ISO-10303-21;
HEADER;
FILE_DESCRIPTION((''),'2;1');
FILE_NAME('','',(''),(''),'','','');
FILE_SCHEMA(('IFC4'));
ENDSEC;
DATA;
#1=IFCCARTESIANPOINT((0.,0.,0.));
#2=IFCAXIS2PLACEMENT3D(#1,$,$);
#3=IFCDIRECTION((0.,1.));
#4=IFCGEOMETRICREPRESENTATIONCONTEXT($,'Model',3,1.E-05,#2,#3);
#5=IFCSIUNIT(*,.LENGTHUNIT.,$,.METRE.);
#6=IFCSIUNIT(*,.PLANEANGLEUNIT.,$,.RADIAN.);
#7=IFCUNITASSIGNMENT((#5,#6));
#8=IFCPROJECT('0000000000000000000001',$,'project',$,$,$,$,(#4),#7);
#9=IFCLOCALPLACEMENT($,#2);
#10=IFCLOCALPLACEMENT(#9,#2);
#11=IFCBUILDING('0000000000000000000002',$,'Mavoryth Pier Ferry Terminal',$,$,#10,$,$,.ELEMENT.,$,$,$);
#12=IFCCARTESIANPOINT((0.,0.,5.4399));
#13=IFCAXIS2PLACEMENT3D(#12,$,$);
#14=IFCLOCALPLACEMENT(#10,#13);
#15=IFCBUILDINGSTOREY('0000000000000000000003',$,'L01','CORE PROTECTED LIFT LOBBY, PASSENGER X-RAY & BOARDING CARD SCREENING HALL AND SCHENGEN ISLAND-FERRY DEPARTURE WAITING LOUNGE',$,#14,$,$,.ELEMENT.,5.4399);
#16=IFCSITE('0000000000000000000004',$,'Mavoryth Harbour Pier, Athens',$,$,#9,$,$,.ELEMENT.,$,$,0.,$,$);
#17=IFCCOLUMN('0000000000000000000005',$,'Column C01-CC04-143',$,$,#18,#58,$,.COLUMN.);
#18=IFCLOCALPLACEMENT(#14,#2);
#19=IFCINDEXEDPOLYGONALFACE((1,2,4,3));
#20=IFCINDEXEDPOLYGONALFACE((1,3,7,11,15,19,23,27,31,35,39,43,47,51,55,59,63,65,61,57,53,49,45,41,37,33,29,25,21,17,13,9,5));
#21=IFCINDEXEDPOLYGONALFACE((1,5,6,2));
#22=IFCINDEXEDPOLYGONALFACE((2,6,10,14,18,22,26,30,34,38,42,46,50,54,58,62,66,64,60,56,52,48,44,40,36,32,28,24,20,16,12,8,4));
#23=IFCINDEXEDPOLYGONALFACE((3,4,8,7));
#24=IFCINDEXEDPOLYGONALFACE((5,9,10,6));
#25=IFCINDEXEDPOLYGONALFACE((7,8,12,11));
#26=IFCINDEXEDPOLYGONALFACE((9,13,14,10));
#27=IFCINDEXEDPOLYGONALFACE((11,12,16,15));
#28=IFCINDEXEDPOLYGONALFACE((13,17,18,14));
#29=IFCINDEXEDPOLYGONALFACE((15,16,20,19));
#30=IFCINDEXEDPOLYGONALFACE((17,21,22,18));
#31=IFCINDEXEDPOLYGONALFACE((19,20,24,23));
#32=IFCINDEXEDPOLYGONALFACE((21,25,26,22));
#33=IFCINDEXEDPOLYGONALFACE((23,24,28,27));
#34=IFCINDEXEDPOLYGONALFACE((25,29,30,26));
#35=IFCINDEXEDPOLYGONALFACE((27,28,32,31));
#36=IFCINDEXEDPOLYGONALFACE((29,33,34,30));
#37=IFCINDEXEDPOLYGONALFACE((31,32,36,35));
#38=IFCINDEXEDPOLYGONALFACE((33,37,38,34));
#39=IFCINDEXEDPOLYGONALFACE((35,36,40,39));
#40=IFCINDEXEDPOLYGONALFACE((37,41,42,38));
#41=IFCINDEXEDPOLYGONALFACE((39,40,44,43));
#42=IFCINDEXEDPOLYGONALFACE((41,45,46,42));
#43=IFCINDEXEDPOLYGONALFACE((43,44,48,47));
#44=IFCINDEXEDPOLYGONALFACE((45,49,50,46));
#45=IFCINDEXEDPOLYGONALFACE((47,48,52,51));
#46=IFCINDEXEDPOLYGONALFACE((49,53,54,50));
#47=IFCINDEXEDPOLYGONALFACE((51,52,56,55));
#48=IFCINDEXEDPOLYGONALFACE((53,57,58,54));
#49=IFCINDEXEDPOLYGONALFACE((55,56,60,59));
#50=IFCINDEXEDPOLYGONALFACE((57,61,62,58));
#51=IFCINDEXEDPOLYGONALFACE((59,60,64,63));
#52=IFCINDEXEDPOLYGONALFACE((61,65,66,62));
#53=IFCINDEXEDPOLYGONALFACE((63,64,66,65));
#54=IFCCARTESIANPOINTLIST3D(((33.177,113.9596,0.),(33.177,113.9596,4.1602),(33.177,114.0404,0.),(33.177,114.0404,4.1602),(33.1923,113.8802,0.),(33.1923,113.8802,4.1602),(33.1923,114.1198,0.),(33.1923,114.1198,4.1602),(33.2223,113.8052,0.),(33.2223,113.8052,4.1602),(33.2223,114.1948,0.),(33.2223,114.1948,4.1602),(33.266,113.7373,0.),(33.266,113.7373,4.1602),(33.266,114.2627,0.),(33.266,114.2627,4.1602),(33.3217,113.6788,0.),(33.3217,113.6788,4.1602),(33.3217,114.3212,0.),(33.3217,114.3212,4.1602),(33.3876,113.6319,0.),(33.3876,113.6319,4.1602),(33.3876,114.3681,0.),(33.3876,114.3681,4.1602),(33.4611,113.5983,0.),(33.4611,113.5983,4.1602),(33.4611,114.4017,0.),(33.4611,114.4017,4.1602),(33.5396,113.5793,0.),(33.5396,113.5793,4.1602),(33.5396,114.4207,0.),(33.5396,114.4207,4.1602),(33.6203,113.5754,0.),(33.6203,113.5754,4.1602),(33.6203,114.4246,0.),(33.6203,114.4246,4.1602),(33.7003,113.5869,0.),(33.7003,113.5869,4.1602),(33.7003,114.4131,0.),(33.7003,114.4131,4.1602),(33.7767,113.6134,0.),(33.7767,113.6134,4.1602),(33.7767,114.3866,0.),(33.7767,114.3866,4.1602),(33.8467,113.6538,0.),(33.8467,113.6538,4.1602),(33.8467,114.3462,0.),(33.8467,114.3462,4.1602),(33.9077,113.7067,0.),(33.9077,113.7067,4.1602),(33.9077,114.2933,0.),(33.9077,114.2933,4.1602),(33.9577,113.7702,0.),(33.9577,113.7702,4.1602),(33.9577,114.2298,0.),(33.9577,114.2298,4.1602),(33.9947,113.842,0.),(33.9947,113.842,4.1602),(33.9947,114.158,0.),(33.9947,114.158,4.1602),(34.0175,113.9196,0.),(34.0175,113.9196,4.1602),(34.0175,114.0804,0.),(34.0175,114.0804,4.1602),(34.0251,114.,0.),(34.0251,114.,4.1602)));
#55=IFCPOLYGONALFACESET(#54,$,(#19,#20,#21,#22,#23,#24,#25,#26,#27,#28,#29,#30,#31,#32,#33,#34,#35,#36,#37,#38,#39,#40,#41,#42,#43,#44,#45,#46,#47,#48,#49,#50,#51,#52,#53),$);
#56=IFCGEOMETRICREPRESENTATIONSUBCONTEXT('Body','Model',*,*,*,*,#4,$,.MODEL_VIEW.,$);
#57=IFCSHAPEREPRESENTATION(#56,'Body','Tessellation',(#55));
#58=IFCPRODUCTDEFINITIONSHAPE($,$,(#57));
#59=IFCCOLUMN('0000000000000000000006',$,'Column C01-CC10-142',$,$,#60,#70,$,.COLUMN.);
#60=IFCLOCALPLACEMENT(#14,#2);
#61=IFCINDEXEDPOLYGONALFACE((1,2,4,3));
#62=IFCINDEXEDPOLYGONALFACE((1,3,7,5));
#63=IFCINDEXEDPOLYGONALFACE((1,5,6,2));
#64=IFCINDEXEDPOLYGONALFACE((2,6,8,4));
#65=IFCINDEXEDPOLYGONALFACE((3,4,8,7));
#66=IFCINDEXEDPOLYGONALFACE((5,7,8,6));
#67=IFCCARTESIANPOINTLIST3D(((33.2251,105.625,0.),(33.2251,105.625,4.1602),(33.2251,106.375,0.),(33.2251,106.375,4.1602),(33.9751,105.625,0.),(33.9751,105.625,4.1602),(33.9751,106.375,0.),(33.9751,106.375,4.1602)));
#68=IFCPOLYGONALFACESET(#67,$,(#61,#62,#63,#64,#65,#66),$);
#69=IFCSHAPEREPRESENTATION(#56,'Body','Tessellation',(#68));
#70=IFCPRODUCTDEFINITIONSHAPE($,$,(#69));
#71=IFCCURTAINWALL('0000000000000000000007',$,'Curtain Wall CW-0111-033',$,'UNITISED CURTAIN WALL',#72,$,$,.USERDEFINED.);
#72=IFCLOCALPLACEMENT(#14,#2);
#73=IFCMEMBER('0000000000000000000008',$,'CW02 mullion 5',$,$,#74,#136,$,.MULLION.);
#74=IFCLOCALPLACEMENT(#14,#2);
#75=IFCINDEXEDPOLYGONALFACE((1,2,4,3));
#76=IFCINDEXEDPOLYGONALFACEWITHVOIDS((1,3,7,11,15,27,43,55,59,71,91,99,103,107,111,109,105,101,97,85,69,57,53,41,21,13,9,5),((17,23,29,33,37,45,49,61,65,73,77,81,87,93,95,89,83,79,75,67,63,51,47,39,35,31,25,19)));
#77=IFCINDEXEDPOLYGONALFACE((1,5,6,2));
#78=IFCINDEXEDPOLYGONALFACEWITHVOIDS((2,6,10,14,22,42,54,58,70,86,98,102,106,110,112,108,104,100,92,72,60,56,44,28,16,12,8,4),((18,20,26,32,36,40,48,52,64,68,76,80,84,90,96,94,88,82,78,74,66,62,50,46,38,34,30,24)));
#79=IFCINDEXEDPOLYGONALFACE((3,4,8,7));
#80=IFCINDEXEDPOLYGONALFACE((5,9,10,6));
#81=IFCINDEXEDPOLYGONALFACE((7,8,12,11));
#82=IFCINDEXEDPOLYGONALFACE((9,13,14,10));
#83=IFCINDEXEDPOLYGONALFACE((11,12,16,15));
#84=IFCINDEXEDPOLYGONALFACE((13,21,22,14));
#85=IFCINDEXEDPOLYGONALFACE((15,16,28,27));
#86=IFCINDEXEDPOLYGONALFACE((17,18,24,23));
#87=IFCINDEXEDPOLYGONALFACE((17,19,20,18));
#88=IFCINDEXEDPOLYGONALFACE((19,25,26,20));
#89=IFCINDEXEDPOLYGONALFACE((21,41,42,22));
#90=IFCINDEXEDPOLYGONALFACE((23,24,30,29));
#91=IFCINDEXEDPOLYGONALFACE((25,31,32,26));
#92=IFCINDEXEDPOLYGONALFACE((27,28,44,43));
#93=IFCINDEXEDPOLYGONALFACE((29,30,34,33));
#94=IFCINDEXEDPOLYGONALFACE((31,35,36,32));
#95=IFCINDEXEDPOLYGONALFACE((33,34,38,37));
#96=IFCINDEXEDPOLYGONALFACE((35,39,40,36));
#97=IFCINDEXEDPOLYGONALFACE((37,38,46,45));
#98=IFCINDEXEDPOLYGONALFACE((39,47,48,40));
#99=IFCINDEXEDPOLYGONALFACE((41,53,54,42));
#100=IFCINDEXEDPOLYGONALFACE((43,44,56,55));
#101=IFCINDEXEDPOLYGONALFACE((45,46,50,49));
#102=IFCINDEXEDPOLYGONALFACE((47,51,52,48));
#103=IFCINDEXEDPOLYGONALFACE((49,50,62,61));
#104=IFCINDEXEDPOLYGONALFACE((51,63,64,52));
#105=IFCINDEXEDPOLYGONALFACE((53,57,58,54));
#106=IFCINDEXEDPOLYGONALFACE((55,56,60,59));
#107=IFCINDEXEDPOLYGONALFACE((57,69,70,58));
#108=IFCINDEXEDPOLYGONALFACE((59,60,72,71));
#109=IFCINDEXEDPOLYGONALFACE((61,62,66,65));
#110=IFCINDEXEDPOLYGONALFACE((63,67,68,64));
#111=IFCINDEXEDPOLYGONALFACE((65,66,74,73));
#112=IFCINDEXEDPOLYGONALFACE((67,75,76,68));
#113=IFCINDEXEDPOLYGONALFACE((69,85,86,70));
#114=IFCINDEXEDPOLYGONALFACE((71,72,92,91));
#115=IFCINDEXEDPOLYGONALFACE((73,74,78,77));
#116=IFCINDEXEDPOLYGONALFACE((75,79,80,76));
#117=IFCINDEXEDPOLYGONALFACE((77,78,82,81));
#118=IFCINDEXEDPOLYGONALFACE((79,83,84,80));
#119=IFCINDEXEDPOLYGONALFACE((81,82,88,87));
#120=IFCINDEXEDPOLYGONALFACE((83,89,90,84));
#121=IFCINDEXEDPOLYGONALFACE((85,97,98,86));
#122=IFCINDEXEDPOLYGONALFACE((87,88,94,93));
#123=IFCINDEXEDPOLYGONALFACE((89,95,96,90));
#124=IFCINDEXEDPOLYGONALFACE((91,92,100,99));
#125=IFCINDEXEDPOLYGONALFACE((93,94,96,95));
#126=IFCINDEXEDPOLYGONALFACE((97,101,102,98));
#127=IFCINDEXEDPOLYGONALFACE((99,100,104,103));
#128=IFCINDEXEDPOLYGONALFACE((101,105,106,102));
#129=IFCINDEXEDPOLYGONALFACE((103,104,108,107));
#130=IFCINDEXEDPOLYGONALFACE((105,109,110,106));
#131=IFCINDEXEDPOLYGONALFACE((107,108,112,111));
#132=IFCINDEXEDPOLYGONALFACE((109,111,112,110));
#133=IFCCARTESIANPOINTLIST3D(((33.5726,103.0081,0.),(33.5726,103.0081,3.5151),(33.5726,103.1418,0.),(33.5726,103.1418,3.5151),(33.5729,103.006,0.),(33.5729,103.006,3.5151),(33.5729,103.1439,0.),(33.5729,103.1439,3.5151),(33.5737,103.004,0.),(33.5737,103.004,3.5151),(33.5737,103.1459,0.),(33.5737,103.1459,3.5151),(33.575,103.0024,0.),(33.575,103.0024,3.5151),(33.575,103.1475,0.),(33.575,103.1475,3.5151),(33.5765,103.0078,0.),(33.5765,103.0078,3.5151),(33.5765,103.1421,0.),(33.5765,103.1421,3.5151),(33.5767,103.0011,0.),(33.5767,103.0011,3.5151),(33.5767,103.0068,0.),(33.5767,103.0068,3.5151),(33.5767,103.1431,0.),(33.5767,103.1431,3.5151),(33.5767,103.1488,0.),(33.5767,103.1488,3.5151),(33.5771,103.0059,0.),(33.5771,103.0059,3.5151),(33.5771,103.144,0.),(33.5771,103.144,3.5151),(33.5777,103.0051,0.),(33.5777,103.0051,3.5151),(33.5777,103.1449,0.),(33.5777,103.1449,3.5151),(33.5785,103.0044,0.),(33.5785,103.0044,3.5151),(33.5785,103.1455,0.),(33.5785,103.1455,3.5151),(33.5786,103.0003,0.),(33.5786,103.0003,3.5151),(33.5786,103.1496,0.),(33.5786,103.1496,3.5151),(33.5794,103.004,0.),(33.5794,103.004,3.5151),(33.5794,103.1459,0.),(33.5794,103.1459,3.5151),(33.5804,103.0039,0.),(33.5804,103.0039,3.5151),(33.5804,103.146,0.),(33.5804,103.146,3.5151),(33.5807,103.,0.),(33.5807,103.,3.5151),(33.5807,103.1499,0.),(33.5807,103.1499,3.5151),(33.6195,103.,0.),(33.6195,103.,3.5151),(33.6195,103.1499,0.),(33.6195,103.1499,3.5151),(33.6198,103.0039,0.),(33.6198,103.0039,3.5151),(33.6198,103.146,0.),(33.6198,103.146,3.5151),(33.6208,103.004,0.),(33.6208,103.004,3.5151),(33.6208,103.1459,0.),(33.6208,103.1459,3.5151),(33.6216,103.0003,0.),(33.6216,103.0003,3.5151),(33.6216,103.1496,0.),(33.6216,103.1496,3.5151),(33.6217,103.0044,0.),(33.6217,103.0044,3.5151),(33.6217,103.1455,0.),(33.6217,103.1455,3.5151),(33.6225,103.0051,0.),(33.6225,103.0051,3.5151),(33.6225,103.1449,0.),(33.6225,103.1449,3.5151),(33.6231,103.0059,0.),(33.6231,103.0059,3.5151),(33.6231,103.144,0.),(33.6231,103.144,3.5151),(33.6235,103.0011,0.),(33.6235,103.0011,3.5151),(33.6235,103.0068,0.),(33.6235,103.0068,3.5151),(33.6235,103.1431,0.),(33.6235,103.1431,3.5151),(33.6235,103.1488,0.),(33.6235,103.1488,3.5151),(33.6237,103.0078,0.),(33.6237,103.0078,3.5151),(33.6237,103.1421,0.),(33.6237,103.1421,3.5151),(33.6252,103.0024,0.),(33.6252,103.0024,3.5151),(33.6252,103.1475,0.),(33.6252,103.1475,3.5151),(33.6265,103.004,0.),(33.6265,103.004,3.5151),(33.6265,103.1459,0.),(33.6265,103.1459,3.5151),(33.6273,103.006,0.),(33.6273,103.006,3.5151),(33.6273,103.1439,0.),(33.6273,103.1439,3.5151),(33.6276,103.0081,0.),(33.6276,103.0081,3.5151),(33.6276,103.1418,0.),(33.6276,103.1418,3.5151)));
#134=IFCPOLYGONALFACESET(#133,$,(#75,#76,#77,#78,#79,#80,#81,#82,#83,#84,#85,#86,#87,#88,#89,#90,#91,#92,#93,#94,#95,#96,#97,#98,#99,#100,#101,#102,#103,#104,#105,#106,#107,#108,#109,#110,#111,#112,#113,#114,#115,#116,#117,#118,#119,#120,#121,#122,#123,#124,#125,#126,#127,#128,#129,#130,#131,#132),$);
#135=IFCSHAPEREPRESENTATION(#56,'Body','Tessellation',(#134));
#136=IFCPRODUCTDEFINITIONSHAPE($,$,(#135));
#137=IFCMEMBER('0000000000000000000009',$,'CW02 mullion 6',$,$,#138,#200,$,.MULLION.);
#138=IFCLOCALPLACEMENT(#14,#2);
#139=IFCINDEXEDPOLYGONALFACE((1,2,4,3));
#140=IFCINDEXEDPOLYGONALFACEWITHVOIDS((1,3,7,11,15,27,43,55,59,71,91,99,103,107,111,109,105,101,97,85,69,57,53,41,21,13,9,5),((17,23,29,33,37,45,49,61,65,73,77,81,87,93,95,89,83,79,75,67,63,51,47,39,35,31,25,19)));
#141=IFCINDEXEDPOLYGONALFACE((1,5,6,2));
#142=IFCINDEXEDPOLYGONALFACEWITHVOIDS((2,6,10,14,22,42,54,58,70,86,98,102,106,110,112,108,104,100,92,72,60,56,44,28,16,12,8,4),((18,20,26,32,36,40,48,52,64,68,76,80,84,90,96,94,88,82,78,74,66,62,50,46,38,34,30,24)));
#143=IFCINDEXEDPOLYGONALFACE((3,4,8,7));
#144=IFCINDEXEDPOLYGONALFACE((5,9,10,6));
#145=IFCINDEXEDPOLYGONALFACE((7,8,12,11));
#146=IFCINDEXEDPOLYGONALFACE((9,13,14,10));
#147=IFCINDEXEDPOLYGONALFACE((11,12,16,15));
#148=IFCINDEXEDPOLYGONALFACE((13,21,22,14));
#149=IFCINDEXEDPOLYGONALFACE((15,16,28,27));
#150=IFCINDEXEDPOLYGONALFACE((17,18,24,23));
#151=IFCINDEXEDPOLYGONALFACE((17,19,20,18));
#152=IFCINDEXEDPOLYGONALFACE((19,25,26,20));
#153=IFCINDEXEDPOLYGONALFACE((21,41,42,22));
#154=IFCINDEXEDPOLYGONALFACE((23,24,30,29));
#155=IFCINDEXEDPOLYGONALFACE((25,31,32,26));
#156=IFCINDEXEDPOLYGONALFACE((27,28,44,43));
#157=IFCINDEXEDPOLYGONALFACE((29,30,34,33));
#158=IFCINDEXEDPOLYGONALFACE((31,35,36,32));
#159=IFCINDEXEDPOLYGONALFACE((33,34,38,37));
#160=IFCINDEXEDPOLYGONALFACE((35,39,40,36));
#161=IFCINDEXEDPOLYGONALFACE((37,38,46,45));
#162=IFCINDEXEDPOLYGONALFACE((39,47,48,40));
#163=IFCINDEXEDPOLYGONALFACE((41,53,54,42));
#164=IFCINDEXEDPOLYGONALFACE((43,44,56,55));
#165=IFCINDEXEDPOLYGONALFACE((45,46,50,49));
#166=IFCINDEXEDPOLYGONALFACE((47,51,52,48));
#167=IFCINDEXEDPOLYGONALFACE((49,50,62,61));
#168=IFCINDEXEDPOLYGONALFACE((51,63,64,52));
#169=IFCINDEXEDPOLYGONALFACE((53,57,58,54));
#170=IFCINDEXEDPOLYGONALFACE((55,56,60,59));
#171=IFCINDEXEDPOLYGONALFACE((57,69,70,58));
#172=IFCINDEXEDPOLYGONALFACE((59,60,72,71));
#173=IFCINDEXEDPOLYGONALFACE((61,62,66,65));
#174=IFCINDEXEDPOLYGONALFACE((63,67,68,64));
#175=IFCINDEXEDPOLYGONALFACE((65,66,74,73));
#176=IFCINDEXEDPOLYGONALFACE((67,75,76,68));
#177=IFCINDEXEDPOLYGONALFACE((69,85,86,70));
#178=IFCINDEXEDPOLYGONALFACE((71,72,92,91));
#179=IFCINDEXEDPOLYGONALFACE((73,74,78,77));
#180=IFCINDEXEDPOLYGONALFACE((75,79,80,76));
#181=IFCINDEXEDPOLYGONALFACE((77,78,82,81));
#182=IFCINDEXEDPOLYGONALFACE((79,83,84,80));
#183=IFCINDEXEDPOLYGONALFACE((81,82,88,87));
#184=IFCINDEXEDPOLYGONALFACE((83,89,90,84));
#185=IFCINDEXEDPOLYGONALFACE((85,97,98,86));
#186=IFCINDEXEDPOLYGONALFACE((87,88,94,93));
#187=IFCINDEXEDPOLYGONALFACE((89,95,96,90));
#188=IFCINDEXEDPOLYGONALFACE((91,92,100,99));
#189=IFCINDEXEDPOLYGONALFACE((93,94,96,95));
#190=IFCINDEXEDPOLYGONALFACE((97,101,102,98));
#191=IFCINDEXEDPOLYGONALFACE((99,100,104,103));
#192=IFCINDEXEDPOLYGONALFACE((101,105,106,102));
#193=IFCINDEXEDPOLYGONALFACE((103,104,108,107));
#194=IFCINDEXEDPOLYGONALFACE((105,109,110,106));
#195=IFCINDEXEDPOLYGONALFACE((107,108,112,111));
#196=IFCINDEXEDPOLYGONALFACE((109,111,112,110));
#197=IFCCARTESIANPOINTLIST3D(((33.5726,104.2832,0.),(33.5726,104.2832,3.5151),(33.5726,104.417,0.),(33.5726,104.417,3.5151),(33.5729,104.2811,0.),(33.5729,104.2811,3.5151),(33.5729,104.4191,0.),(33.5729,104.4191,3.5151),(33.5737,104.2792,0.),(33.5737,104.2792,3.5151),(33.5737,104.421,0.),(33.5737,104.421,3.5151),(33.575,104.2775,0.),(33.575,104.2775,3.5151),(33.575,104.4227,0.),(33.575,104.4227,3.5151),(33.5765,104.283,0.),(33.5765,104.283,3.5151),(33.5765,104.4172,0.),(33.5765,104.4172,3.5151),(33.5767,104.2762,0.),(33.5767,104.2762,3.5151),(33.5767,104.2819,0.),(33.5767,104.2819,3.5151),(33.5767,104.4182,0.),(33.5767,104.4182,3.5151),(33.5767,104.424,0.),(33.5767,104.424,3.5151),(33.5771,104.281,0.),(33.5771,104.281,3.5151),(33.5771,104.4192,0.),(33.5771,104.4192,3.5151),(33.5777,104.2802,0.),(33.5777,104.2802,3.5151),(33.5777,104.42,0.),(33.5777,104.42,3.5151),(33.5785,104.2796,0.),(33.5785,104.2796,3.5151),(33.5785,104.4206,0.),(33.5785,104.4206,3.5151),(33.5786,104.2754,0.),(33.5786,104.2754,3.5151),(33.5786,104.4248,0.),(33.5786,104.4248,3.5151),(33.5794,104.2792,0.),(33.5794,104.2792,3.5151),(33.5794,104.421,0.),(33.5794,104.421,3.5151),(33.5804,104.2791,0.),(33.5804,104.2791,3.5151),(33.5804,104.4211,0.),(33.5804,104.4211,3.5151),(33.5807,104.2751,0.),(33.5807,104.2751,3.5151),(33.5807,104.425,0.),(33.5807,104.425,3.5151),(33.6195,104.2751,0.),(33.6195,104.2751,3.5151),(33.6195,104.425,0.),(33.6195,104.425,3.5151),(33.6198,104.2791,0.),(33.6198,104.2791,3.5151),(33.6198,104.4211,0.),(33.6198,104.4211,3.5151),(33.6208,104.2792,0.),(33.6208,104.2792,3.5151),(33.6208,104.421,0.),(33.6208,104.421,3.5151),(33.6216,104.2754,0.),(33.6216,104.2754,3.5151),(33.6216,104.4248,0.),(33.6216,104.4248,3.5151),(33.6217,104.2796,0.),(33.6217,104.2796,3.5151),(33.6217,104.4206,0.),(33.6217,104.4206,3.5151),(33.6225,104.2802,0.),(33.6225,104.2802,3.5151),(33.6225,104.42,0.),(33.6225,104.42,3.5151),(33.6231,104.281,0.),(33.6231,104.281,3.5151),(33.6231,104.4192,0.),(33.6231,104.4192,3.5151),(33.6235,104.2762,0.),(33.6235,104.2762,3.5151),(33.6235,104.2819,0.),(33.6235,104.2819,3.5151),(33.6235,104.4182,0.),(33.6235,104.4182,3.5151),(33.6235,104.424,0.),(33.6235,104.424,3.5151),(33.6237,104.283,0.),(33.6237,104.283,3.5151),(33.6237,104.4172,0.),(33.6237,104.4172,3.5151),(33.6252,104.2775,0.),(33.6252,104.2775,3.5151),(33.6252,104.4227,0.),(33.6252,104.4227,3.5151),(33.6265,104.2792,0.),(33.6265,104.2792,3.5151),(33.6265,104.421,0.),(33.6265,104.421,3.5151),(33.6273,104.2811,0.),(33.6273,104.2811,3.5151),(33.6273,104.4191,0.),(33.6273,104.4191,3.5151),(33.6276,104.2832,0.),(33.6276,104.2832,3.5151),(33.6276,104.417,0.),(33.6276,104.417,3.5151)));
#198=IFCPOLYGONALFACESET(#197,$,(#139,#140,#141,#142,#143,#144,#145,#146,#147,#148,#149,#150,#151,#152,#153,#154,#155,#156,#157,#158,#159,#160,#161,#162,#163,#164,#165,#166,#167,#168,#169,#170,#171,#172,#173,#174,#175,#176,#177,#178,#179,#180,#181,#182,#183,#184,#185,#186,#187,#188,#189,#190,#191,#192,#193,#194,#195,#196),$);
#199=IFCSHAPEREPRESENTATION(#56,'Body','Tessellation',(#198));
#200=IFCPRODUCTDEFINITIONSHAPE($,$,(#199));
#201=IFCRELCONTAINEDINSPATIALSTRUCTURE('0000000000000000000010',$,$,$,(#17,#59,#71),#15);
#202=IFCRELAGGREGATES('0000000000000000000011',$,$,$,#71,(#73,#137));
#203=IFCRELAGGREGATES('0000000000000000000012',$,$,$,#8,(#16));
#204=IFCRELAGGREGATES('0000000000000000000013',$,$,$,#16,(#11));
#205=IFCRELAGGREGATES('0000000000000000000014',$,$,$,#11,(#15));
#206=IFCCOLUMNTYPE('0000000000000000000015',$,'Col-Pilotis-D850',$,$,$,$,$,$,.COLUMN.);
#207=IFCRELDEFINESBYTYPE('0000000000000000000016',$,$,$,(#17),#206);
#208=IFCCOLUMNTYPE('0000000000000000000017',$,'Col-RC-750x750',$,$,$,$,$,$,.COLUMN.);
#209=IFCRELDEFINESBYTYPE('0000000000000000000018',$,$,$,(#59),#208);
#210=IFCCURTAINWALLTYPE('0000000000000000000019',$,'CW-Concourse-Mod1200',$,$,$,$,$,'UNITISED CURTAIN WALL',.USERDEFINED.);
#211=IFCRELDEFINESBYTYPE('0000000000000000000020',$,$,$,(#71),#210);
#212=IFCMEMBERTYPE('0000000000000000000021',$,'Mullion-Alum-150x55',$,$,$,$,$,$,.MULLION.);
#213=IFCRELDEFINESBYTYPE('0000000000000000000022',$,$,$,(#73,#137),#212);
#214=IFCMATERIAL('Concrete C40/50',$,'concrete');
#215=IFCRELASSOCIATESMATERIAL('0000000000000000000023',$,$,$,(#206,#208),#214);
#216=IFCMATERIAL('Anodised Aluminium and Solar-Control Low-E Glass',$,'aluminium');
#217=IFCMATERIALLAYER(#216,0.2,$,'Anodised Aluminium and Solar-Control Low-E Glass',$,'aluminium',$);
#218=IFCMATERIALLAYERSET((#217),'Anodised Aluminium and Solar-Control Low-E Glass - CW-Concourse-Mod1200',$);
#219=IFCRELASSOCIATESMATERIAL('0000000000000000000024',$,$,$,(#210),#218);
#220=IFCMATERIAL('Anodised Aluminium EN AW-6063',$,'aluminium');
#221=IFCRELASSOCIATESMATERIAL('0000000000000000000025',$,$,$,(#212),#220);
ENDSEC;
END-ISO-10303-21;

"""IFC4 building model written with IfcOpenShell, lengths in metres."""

from ifc_helpers import new_model, si_unit, direction, frame, origin, origin_2d, place, context, subcontext, project, spatial, rectangle, hollow_rectangle, circle, extrude, material, layer, layer_set, material_profile, profile_set, type_object, element, aggregate, save


model = new_model("IFC4")

# Units and contexts
model_context = context("Model", 3, precision=1e-05, world=origin(), true_north=direction((0.0, 1.0)))
body_context = subcontext(model_context, "Body", "Model", "MODEL_VIEW")
ifc_project = project(units=[si_unit("LENGTHUNIT", "METRE"), si_unit("PLANEANGLEUNIT", "RADIAN")], contexts=[model_context])

# Site, building, storey
site_placement = place(None, origin())
site = spatial("IfcSite", under=ifc_project, at=site_placement, Name="Mavoryth Harbour Pier, Athens", CompositionType="ELEMENT", RefElevation=0.0)
building_placement = place(site_placement, origin())
building = spatial("IfcBuilding", under=site, at=building_placement, Name="Mavoryth Pier Ferry Terminal", CompositionType="ELEMENT")
storey_placement = place(building_placement, frame((0.0, 0.0, 5.4399)))
storey = spatial("IfcBuildingStorey", under=building, at=storey_placement, Name="L01", Description="CORE PROTECTED LIFT LOBBY, PASSENGER X-RAY & BOARDING CARD SCREENING HALL AND SCHENGEN ISLAND-FERRY DEPARTURE WAITING LOUNGE", CompositionType="ELEMENT", Elevation=5.4399)

# Columns
ifc_material_1 = material(Name="Concrete C40/50", Category="concrete")
ifc_material_profile_1 = material_profile(ifc_material_1, circle(Radius=0.425, at=origin_2d()), Name="RC D850", Category="concrete")
ifc_profile_set_1 = profile_set([ifc_material_profile_1], Name="Concrete C40/50 - RC D850")
column_type_1 = type_object("IfcColumnType", Name="Col-Pilotis-D850", PredefinedType="COLUMN", material=ifc_profile_set_1)
column_1_placement = place(storey_placement, frame((33.6001, 114.0, 0.0), z_axis=(0.0, 0.0, 1.0), x_axis=(1.0, 0.0, 0.0)))
element("IfcColumn", 1, at=column_1_placement, inside=storey, type_object=column_type_1, Name="Column C01-CC04-143", PredefinedType="COLUMN", context=body_context, shape_type="SweptSolid", body=[
    extrude(circle(Radius=0.425, at=origin_2d()), origin(), (0.0, 0.0, 1.0), 4.1602),
])
ifc_material_profile_2 = material_profile(ifc_material_1, rectangle(XDim=0.75, YDim=0.75, at=origin_2d()), Name="RC 750x750", Category="concrete")
ifc_profile_set_2 = profile_set([ifc_material_profile_2], Name="Concrete C40/50 - RC 750x750")
column_type_2 = type_object("IfcColumnType", Name="Col-RC-750x750", PredefinedType="COLUMN", material=ifc_profile_set_2)
column_2_placement = place(storey_placement, frame((33.6001, 106.0, 0.0), z_axis=(0.0, 0.0, 1.0), x_axis=(1.0, 0.0, 0.0)))
element("IfcColumn", 2, at=column_2_placement, inside=storey, type_object=column_type_2, Name="Column C01-CC10-142", PredefinedType="COLUMN", context=body_context, shape_type="SweptSolid", body=[
    extrude(rectangle(XDim=0.75, YDim=0.75, at=origin_2d()), origin(), (0.0, 0.0, 1.0), 4.1602),
])

# Curtain wall, members
ifc_material_2 = material(Name="Anodised Aluminium and Solar-Control Low-E Glass", Category="aluminium")
ifc_layer_1 = layer(ifc_material_2, 0.2, Name="Anodised Aluminium and Solar-Control Low-E Glass", Category="aluminium")
ifc_layer_set_1 = layer_set([ifc_layer_1], Name="Anodised Aluminium and Solar-Control Low-E Glass - CW-Concourse-Mod1200")
curtain_wall_type_1 = type_object("IfcCurtainWallType", Name="CW-Concourse-Mod1200", ElementType="UNITISED CURTAIN WALL", PredefinedType="USERDEFINED", material=ifc_layer_set_1)
curtain_wall_1_placement = place(storey_placement, origin())
curtain_wall_1 = element("IfcCurtainWall", 3, at=curtain_wall_1_placement, inside=storey, type_object=curtain_wall_type_1, Name="Curtain Wall CW-0111-033", ObjectType="UNITISED CURTAIN WALL", PredefinedType="USERDEFINED")
ifc_material_3 = material(Name="Anodised Aluminium EN AW-6063", Category="aluminium")
ifc_material_profile_3 = material_profile(ifc_material_3, hollow_rectangle(XDim=0.0549, YDim=0.1499, WallThickness=0.0039, InnerFilletRadius=0.0039, OuterFilletRadius=0.0081, at=origin_2d()), Name="AL-MULL 150x55x4", Category="aluminium")
ifc_profile_set_3 = profile_set([ifc_material_profile_3], Name="Anodised Aluminium EN AW-6063 - AL-MULL 150x55x4")
member_type_1 = type_object("IfcMemberType", Name="Mullion-Alum-150x55", PredefinedType="MULLION", material=ifc_profile_set_3)
member_1_placement = place(storey_placement, frame((33.6001, 103.075, 0.0), z_axis=(0.0, 0.0, 1.0), x_axis=(-1.0, 0.0, 0.0)))
member_1 = element("IfcMember", 4, at=member_1_placement, type_object=member_type_1, Name="CW02 mullion 5", PredefinedType="MULLION", context=body_context, shape_type="SweptSolid", body=[
    extrude(hollow_rectangle(XDim=0.0549, YDim=0.1499, WallThickness=0.0039, InnerFilletRadius=0.0039, OuterFilletRadius=0.0081, at=origin_2d()), origin(), (0.0, 0.0, 1.0), 3.5151),
])
member_2_placement = place(storey_placement, frame((33.6001, 104.3501, 0.0), z_axis=(0.0, 0.0, 1.0), x_axis=(-1.0, 0.0, 0.0)))
member_2 = element("IfcMember", 5, at=member_2_placement, type_object=member_type_1, Name="CW02 mullion 6", PredefinedType="MULLION", context=body_context, shape_type="SweptSolid", body=[
    extrude(hollow_rectangle(XDim=0.0549, YDim=0.1499, WallThickness=0.0039, InnerFilletRadius=0.0039, OuterFilletRadius=0.0081, at=origin_2d()), origin(), (0.0, 0.0, 1.0), 3.5151),
])

aggregate(curtain_wall_1, [member_1, member_2])

save(model, "model.ifc")
